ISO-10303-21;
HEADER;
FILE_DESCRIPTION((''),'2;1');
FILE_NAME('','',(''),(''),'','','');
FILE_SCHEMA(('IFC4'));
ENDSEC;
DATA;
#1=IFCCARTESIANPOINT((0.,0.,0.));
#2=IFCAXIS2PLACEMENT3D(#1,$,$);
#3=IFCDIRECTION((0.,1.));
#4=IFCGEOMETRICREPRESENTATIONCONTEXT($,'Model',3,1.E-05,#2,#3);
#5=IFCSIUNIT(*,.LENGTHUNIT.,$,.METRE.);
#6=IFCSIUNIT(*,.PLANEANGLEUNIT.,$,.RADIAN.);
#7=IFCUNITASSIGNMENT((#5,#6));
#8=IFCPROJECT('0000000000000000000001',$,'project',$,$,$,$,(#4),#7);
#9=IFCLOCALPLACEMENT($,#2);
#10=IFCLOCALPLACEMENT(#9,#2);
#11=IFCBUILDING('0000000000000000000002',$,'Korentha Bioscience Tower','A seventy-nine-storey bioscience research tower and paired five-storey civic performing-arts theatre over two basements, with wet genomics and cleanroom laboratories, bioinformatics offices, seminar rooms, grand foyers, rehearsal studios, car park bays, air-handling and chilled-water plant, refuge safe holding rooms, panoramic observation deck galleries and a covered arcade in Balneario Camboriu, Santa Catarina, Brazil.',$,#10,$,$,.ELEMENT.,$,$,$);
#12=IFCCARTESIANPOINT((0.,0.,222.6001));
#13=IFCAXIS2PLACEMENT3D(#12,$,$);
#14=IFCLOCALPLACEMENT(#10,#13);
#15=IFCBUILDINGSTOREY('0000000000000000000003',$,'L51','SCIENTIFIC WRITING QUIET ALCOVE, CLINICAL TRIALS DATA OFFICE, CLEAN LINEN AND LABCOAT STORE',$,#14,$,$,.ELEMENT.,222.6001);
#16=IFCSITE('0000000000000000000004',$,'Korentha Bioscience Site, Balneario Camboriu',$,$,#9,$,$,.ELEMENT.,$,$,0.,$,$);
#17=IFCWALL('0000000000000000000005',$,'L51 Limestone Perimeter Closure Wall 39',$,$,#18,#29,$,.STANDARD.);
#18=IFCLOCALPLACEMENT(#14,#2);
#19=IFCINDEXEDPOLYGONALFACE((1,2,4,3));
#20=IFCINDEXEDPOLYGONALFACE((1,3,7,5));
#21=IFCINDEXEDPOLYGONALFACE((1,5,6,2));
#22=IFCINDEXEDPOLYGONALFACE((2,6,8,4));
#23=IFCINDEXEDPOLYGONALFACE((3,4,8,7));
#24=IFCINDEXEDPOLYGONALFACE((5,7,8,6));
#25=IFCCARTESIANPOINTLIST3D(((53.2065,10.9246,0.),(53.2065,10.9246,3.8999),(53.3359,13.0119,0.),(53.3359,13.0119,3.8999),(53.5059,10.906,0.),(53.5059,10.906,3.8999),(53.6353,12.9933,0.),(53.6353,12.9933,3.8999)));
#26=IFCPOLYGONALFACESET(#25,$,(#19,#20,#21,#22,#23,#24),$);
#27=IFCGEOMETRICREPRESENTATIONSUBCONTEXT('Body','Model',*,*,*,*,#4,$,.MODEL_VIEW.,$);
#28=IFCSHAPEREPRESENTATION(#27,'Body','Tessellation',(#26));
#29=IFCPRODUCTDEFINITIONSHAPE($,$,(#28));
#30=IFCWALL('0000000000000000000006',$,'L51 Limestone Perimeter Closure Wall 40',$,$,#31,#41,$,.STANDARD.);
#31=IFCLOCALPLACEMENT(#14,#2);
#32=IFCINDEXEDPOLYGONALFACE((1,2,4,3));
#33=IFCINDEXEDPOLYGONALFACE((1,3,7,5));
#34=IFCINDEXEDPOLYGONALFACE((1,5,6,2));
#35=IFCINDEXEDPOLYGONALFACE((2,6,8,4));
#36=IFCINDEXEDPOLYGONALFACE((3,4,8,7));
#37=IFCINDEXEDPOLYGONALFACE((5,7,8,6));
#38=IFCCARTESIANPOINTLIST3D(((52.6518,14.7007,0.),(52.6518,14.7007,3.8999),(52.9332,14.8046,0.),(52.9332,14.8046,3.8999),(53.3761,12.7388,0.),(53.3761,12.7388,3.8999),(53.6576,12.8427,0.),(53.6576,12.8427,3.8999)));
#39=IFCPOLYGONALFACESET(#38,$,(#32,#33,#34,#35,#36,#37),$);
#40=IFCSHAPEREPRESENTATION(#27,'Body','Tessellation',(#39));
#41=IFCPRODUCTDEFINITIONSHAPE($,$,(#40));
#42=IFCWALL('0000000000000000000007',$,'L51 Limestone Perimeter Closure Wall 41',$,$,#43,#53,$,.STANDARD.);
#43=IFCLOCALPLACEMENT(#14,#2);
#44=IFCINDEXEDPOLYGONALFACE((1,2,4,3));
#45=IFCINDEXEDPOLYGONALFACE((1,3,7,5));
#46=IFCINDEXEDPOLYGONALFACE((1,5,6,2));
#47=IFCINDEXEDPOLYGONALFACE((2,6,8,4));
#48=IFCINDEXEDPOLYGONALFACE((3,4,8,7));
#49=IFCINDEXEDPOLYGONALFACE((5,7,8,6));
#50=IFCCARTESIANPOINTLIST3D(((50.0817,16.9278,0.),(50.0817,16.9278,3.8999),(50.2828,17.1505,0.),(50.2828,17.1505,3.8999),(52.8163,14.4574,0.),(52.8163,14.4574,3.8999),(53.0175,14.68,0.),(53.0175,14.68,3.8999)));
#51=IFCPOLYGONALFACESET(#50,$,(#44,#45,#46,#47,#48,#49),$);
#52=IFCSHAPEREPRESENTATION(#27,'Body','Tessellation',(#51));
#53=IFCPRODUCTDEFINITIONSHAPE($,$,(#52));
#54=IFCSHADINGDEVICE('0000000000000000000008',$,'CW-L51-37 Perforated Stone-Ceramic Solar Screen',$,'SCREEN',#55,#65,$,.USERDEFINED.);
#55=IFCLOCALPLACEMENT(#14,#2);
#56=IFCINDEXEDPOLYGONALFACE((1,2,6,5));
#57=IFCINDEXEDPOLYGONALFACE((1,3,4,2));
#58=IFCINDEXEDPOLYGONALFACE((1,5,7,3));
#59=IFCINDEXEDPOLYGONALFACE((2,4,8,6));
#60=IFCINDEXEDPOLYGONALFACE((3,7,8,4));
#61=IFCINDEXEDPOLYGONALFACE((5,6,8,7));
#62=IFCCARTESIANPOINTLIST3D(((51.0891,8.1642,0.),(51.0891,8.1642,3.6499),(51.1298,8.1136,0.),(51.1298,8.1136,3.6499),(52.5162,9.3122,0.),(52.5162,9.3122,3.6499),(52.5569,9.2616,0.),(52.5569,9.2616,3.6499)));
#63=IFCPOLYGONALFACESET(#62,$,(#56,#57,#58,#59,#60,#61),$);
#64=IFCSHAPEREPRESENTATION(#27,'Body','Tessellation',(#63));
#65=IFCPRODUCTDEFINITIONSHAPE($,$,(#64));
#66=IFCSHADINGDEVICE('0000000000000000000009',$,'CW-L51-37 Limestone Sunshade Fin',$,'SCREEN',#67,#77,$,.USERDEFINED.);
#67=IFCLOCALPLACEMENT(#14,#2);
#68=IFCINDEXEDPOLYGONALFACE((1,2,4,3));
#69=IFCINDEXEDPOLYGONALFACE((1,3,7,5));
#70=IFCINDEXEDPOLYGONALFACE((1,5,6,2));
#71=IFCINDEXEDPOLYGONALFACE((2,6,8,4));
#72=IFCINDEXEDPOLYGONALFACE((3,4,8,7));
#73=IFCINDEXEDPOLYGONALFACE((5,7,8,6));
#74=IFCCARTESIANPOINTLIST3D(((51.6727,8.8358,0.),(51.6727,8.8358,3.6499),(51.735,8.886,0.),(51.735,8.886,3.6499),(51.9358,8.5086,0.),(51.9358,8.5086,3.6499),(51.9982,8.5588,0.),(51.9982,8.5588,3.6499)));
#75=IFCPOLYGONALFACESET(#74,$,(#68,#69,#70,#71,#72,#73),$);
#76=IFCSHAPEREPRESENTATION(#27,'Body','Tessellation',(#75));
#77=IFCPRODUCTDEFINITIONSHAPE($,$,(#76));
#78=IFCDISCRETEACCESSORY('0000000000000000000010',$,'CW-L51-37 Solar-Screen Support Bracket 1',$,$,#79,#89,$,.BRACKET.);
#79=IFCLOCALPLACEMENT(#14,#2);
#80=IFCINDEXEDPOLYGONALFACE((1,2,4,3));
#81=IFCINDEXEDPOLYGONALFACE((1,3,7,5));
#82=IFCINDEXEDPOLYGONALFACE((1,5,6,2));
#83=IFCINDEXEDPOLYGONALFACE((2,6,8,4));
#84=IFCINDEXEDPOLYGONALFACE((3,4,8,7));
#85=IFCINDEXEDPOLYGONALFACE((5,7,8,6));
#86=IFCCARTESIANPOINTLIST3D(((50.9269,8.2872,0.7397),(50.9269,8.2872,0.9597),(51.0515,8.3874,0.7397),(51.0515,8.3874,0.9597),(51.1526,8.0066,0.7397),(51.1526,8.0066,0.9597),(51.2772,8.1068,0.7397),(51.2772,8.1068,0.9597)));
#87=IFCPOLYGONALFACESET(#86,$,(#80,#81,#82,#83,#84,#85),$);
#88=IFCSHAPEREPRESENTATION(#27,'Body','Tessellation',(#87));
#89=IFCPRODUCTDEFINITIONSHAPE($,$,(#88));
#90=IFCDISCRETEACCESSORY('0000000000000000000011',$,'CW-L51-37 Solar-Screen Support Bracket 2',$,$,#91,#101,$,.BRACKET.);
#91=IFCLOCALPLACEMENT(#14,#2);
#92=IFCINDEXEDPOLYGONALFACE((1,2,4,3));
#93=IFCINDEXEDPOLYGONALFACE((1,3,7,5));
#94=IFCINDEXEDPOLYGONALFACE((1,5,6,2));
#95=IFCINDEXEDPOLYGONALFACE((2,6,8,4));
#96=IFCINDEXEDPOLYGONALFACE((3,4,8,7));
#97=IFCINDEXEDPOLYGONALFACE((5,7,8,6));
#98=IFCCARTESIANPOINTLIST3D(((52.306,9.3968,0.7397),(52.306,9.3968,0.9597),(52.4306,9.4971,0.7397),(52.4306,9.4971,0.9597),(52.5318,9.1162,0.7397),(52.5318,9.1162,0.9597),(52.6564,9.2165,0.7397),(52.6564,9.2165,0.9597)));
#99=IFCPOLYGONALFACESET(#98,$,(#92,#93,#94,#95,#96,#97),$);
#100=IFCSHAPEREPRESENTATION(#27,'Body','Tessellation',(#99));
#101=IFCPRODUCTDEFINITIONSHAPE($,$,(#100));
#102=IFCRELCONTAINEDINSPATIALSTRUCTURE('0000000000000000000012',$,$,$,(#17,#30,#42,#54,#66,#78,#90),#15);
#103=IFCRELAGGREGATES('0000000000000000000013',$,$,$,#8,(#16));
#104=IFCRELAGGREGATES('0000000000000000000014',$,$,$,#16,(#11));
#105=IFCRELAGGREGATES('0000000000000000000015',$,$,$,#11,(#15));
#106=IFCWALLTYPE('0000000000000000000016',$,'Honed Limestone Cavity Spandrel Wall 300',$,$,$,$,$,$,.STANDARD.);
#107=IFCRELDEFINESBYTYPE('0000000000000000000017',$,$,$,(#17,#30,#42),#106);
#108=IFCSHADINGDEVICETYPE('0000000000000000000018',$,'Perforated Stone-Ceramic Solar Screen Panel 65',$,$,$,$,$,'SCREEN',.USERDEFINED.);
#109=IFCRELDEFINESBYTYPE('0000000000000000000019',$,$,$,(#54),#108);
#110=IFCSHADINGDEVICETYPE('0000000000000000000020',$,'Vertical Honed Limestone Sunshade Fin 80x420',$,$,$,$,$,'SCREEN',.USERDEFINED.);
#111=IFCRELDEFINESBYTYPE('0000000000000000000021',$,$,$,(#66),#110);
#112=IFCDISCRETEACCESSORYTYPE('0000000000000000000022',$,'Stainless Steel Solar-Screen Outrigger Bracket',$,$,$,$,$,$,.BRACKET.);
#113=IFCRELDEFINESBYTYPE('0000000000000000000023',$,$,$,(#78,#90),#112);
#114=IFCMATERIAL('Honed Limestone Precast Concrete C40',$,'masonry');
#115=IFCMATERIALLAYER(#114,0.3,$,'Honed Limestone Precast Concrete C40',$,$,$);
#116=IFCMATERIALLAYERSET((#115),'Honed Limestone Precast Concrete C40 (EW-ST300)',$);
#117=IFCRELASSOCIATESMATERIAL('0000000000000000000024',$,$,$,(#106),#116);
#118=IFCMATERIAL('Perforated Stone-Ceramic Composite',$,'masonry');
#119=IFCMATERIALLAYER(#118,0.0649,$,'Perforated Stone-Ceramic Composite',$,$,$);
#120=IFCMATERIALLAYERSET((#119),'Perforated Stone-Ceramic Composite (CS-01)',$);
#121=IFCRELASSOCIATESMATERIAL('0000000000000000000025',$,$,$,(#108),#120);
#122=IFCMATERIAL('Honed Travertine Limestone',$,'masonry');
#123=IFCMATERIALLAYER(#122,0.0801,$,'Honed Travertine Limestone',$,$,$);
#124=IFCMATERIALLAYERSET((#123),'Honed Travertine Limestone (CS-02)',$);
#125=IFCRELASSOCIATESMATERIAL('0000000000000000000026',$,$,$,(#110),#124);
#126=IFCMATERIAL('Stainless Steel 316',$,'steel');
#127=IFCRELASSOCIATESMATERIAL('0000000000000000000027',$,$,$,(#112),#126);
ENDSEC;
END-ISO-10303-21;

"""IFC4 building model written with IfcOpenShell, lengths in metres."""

from ifc_helpers import new_model, si_unit, direction, frame, frame_2d, origin, origin_2d, place, context, subcontext, project, spatial, rectangle, extrude, material, layer, layer_set, type_object, element, save


model = new_model("IFC4")

# Units and contexts
model_context = context("Model", 3, precision=1e-05, world=origin(), true_north=direction((0.0, 1.0)))
body_context = subcontext(model_context, "Body", "Model", "MODEL_VIEW")
ifc_project = project(units=[si_unit("LENGTHUNIT", "METRE"), si_unit("PLANEANGLEUNIT", "RADIAN")], contexts=[model_context])

# Site, building, storey
site_placement = place(None, origin())
site = spatial("IfcSite", under=ifc_project, at=site_placement, Name="Korentha Bioscience Site, Balneario Camboriu", CompositionType="ELEMENT", RefElevation=0.0)
building_placement = place(site_placement, origin())
building = spatial("IfcBuilding", under=site, at=building_placement, Name="Korentha Bioscience Tower", Description="A seventy-nine-storey bioscience research tower and paired five-storey civic performing-arts theatre over two basements, with wet genomics and cleanroom laboratories, bioinformatics offices, seminar rooms, grand foyers, rehearsal studios, car park bays, air-handling and chilled-water plant, refuge safe holding rooms, panoramic observation deck galleries and a covered arcade in Balneario Camboriu, Santa Catarina, Brazil.", CompositionType="ELEMENT")
storey_placement = place(building_placement, frame((0.0, 0.0, 222.6001)))
storey = spatial("IfcBuildingStorey", under=building, at=storey_placement, Name="L51", Description="SCIENTIFIC WRITING QUIET ALCOVE, CLINICAL TRIALS DATA OFFICE, CLEAN LINEN AND LABCOAT STORE", CompositionType="ELEMENT", Elevation=222.6001)

# Shared definitions
ifc_material_1 = material(Name="Honed Limestone Precast Concrete C40", Category="masonry")
ifc_layer_1 = layer(ifc_material_1, 0.3, Name="Honed Limestone Precast Concrete C40")
ifc_layer_set_1 = layer_set([ifc_layer_1], Name="Honed Limestone Precast Concrete C40 (EW-ST300)")
wall_type_1 = type_object("IfcWallType", Name="Honed Limestone Cavity Spandrel Wall 300", PredefinedType="STANDARD", material=ifc_layer_set_1)

# Walls
for number, where, z_axis, x_axis, name in (
    (1, (53.3562, 10.9153, 0.0), (0.0, 0.0, 1.0), (0.06187, 0.998084, 0.0), "L51 Limestone Perimeter Closure Wall 39"),
    (2, (53.5168, 12.7908, 0.0), (0.0, 0.0, 1.0), (-0.34636, 0.938102, 0.0), "L51 Limestone Perimeter Closure Wall 40"),
):
    element("IfcWall", number, at=place(storey_placement, frame(where, z_axis=z_axis, x_axis=x_axis)), inside=storey, type_object=wall_type_1, Name=name, PredefinedType="STANDARD", context=body_context, shape_type="SweptSolid", body=[
        extrude(rectangle(XDim=2.0913, YDim=0.3, at=frame_2d((1.0457, 0.0))), origin(), (0.0, 0.0, 1.0), 3.8999),
    ])
wall_1_placement = place(storey_placement, frame((52.917, 14.5686, 0.0), z_axis=(0.0, 0.0, 1.0), x_axis=(-0.742038, 0.670358, 0.0)))
element("IfcWall", 3, at=wall_1_placement, inside=storey, type_object=wall_type_1, Name="L51 Limestone Perimeter Closure Wall 41", PredefinedType="STANDARD", context=body_context, shape_type="SweptSolid", body=[
    extrude(rectangle(XDim=3.6853, YDim=0.3, at=frame_2d((1.8428, 0.0))), origin(), (0.0, 0.0, 1.0), 3.8999),
])

# Shading devices
ifc_material_2 = material(Name="Perforated Stone-Ceramic Composite", Category="masonry")
ifc_layer_2 = layer(ifc_material_2, 0.0649, Name="Perforated Stone-Ceramic Composite")
ifc_layer_set_2 = layer_set([ifc_layer_2], Name="Perforated Stone-Ceramic Composite (CS-01)")
shading_device_type_1 = type_object("IfcShadingDeviceType", Name="Perforated Stone-Ceramic Solar Screen Panel 65", ElementType="SCREEN", PredefinedType="USERDEFINED", material=ifc_layer_set_2)
shading_device_1_placement = place(storey_placement, frame((51.823, 8.7129, 0.0), z_axis=(0.0, 0.0, 1.0), x_axis=(0.779198, 0.626778, 0.0)))
element("IfcShadingDevice", 4, at=shading_device_1_placement, inside=storey, type_object=shading_device_type_1, Name="CW-L51-37 Perforated Stone-Ceramic Solar Screen", ObjectType="SCREEN", PredefinedType="USERDEFINED", context=body_context, shape_type="SweptSolid", body=[
    extrude(rectangle(XDim=1.8315, YDim=0.0649, at=origin_2d()), origin(), (0.0, 0.0, 1.0), 3.6499),
])
ifc_material_3 = material(Name="Honed Travertine Limestone", Category="masonry")
ifc_layer_3 = layer(ifc_material_3, 0.0801, Name="Honed Travertine Limestone")
ifc_layer_set_3 = layer_set([ifc_layer_3], Name="Honed Travertine Limestone (CS-02)")
shading_device_type_2 = type_object("IfcShadingDeviceType", Name="Vertical Honed Limestone Sunshade Fin 80x420", ElementType="SCREEN", PredefinedType="USERDEFINED", material=ifc_layer_set_3)
shading_device_2_placement = place(storey_placement, frame((51.8354, 8.6973, 0.0), z_axis=(0.0, 0.0, 1.0), x_axis=(0.779198, 0.626778, 0.0)))
element("IfcShadingDevice", 5, at=shading_device_2_placement, inside=storey, type_object=shading_device_type_2, Name="CW-L51-37 Limestone Sunshade Fin", ObjectType="SCREEN", PredefinedType="USERDEFINED", context=body_context, shape_type="SweptSolid", body=[
    extrude(rectangle(XDim=0.0801, YDim=0.4199, at=origin_2d()), origin(), (0.0, 0.0, 1.0), 3.6499),
])

# Discrete accessories
ifc_material_4 = material(Name="Stainless Steel 316", Category="steel")
discrete_accessory_type = type_object("IfcDiscreteAccessoryType", Name="Stainless Steel Solar-Screen Outrigger Bracket", PredefinedType="BRACKET", material=ifc_material_4)
for number, where, z_axis, x_axis, name in (
    (6, (51.1021, 8.197, 0.7397), (0.0, 0.0, 1.0), (0.779198, 0.626778, 0.0), "CW-L51-37 Solar-Screen Support Bracket 1"),
    (7, (52.4812, 9.3066, 0.7397), (0.0, 0.0, 1.0), (0.779198, 0.626778, 0.0), "CW-L51-37 Solar-Screen Support Bracket 2"),
):
    element("IfcDiscreteAccessory", number, at=place(storey_placement, frame(where, z_axis=z_axis, x_axis=x_axis)), inside=storey, type_object=discrete_accessory_type, Name=name, PredefinedType="BRACKET", context=body_context, shape_type="SweptSolid", body=[
        extrude(rectangle(XDim=0.1599, YDim=0.3601, at=origin_2d()), origin(), (0.0, 0.0, 1.0), 0.22),
    ])

save(model, "model.ifc")
